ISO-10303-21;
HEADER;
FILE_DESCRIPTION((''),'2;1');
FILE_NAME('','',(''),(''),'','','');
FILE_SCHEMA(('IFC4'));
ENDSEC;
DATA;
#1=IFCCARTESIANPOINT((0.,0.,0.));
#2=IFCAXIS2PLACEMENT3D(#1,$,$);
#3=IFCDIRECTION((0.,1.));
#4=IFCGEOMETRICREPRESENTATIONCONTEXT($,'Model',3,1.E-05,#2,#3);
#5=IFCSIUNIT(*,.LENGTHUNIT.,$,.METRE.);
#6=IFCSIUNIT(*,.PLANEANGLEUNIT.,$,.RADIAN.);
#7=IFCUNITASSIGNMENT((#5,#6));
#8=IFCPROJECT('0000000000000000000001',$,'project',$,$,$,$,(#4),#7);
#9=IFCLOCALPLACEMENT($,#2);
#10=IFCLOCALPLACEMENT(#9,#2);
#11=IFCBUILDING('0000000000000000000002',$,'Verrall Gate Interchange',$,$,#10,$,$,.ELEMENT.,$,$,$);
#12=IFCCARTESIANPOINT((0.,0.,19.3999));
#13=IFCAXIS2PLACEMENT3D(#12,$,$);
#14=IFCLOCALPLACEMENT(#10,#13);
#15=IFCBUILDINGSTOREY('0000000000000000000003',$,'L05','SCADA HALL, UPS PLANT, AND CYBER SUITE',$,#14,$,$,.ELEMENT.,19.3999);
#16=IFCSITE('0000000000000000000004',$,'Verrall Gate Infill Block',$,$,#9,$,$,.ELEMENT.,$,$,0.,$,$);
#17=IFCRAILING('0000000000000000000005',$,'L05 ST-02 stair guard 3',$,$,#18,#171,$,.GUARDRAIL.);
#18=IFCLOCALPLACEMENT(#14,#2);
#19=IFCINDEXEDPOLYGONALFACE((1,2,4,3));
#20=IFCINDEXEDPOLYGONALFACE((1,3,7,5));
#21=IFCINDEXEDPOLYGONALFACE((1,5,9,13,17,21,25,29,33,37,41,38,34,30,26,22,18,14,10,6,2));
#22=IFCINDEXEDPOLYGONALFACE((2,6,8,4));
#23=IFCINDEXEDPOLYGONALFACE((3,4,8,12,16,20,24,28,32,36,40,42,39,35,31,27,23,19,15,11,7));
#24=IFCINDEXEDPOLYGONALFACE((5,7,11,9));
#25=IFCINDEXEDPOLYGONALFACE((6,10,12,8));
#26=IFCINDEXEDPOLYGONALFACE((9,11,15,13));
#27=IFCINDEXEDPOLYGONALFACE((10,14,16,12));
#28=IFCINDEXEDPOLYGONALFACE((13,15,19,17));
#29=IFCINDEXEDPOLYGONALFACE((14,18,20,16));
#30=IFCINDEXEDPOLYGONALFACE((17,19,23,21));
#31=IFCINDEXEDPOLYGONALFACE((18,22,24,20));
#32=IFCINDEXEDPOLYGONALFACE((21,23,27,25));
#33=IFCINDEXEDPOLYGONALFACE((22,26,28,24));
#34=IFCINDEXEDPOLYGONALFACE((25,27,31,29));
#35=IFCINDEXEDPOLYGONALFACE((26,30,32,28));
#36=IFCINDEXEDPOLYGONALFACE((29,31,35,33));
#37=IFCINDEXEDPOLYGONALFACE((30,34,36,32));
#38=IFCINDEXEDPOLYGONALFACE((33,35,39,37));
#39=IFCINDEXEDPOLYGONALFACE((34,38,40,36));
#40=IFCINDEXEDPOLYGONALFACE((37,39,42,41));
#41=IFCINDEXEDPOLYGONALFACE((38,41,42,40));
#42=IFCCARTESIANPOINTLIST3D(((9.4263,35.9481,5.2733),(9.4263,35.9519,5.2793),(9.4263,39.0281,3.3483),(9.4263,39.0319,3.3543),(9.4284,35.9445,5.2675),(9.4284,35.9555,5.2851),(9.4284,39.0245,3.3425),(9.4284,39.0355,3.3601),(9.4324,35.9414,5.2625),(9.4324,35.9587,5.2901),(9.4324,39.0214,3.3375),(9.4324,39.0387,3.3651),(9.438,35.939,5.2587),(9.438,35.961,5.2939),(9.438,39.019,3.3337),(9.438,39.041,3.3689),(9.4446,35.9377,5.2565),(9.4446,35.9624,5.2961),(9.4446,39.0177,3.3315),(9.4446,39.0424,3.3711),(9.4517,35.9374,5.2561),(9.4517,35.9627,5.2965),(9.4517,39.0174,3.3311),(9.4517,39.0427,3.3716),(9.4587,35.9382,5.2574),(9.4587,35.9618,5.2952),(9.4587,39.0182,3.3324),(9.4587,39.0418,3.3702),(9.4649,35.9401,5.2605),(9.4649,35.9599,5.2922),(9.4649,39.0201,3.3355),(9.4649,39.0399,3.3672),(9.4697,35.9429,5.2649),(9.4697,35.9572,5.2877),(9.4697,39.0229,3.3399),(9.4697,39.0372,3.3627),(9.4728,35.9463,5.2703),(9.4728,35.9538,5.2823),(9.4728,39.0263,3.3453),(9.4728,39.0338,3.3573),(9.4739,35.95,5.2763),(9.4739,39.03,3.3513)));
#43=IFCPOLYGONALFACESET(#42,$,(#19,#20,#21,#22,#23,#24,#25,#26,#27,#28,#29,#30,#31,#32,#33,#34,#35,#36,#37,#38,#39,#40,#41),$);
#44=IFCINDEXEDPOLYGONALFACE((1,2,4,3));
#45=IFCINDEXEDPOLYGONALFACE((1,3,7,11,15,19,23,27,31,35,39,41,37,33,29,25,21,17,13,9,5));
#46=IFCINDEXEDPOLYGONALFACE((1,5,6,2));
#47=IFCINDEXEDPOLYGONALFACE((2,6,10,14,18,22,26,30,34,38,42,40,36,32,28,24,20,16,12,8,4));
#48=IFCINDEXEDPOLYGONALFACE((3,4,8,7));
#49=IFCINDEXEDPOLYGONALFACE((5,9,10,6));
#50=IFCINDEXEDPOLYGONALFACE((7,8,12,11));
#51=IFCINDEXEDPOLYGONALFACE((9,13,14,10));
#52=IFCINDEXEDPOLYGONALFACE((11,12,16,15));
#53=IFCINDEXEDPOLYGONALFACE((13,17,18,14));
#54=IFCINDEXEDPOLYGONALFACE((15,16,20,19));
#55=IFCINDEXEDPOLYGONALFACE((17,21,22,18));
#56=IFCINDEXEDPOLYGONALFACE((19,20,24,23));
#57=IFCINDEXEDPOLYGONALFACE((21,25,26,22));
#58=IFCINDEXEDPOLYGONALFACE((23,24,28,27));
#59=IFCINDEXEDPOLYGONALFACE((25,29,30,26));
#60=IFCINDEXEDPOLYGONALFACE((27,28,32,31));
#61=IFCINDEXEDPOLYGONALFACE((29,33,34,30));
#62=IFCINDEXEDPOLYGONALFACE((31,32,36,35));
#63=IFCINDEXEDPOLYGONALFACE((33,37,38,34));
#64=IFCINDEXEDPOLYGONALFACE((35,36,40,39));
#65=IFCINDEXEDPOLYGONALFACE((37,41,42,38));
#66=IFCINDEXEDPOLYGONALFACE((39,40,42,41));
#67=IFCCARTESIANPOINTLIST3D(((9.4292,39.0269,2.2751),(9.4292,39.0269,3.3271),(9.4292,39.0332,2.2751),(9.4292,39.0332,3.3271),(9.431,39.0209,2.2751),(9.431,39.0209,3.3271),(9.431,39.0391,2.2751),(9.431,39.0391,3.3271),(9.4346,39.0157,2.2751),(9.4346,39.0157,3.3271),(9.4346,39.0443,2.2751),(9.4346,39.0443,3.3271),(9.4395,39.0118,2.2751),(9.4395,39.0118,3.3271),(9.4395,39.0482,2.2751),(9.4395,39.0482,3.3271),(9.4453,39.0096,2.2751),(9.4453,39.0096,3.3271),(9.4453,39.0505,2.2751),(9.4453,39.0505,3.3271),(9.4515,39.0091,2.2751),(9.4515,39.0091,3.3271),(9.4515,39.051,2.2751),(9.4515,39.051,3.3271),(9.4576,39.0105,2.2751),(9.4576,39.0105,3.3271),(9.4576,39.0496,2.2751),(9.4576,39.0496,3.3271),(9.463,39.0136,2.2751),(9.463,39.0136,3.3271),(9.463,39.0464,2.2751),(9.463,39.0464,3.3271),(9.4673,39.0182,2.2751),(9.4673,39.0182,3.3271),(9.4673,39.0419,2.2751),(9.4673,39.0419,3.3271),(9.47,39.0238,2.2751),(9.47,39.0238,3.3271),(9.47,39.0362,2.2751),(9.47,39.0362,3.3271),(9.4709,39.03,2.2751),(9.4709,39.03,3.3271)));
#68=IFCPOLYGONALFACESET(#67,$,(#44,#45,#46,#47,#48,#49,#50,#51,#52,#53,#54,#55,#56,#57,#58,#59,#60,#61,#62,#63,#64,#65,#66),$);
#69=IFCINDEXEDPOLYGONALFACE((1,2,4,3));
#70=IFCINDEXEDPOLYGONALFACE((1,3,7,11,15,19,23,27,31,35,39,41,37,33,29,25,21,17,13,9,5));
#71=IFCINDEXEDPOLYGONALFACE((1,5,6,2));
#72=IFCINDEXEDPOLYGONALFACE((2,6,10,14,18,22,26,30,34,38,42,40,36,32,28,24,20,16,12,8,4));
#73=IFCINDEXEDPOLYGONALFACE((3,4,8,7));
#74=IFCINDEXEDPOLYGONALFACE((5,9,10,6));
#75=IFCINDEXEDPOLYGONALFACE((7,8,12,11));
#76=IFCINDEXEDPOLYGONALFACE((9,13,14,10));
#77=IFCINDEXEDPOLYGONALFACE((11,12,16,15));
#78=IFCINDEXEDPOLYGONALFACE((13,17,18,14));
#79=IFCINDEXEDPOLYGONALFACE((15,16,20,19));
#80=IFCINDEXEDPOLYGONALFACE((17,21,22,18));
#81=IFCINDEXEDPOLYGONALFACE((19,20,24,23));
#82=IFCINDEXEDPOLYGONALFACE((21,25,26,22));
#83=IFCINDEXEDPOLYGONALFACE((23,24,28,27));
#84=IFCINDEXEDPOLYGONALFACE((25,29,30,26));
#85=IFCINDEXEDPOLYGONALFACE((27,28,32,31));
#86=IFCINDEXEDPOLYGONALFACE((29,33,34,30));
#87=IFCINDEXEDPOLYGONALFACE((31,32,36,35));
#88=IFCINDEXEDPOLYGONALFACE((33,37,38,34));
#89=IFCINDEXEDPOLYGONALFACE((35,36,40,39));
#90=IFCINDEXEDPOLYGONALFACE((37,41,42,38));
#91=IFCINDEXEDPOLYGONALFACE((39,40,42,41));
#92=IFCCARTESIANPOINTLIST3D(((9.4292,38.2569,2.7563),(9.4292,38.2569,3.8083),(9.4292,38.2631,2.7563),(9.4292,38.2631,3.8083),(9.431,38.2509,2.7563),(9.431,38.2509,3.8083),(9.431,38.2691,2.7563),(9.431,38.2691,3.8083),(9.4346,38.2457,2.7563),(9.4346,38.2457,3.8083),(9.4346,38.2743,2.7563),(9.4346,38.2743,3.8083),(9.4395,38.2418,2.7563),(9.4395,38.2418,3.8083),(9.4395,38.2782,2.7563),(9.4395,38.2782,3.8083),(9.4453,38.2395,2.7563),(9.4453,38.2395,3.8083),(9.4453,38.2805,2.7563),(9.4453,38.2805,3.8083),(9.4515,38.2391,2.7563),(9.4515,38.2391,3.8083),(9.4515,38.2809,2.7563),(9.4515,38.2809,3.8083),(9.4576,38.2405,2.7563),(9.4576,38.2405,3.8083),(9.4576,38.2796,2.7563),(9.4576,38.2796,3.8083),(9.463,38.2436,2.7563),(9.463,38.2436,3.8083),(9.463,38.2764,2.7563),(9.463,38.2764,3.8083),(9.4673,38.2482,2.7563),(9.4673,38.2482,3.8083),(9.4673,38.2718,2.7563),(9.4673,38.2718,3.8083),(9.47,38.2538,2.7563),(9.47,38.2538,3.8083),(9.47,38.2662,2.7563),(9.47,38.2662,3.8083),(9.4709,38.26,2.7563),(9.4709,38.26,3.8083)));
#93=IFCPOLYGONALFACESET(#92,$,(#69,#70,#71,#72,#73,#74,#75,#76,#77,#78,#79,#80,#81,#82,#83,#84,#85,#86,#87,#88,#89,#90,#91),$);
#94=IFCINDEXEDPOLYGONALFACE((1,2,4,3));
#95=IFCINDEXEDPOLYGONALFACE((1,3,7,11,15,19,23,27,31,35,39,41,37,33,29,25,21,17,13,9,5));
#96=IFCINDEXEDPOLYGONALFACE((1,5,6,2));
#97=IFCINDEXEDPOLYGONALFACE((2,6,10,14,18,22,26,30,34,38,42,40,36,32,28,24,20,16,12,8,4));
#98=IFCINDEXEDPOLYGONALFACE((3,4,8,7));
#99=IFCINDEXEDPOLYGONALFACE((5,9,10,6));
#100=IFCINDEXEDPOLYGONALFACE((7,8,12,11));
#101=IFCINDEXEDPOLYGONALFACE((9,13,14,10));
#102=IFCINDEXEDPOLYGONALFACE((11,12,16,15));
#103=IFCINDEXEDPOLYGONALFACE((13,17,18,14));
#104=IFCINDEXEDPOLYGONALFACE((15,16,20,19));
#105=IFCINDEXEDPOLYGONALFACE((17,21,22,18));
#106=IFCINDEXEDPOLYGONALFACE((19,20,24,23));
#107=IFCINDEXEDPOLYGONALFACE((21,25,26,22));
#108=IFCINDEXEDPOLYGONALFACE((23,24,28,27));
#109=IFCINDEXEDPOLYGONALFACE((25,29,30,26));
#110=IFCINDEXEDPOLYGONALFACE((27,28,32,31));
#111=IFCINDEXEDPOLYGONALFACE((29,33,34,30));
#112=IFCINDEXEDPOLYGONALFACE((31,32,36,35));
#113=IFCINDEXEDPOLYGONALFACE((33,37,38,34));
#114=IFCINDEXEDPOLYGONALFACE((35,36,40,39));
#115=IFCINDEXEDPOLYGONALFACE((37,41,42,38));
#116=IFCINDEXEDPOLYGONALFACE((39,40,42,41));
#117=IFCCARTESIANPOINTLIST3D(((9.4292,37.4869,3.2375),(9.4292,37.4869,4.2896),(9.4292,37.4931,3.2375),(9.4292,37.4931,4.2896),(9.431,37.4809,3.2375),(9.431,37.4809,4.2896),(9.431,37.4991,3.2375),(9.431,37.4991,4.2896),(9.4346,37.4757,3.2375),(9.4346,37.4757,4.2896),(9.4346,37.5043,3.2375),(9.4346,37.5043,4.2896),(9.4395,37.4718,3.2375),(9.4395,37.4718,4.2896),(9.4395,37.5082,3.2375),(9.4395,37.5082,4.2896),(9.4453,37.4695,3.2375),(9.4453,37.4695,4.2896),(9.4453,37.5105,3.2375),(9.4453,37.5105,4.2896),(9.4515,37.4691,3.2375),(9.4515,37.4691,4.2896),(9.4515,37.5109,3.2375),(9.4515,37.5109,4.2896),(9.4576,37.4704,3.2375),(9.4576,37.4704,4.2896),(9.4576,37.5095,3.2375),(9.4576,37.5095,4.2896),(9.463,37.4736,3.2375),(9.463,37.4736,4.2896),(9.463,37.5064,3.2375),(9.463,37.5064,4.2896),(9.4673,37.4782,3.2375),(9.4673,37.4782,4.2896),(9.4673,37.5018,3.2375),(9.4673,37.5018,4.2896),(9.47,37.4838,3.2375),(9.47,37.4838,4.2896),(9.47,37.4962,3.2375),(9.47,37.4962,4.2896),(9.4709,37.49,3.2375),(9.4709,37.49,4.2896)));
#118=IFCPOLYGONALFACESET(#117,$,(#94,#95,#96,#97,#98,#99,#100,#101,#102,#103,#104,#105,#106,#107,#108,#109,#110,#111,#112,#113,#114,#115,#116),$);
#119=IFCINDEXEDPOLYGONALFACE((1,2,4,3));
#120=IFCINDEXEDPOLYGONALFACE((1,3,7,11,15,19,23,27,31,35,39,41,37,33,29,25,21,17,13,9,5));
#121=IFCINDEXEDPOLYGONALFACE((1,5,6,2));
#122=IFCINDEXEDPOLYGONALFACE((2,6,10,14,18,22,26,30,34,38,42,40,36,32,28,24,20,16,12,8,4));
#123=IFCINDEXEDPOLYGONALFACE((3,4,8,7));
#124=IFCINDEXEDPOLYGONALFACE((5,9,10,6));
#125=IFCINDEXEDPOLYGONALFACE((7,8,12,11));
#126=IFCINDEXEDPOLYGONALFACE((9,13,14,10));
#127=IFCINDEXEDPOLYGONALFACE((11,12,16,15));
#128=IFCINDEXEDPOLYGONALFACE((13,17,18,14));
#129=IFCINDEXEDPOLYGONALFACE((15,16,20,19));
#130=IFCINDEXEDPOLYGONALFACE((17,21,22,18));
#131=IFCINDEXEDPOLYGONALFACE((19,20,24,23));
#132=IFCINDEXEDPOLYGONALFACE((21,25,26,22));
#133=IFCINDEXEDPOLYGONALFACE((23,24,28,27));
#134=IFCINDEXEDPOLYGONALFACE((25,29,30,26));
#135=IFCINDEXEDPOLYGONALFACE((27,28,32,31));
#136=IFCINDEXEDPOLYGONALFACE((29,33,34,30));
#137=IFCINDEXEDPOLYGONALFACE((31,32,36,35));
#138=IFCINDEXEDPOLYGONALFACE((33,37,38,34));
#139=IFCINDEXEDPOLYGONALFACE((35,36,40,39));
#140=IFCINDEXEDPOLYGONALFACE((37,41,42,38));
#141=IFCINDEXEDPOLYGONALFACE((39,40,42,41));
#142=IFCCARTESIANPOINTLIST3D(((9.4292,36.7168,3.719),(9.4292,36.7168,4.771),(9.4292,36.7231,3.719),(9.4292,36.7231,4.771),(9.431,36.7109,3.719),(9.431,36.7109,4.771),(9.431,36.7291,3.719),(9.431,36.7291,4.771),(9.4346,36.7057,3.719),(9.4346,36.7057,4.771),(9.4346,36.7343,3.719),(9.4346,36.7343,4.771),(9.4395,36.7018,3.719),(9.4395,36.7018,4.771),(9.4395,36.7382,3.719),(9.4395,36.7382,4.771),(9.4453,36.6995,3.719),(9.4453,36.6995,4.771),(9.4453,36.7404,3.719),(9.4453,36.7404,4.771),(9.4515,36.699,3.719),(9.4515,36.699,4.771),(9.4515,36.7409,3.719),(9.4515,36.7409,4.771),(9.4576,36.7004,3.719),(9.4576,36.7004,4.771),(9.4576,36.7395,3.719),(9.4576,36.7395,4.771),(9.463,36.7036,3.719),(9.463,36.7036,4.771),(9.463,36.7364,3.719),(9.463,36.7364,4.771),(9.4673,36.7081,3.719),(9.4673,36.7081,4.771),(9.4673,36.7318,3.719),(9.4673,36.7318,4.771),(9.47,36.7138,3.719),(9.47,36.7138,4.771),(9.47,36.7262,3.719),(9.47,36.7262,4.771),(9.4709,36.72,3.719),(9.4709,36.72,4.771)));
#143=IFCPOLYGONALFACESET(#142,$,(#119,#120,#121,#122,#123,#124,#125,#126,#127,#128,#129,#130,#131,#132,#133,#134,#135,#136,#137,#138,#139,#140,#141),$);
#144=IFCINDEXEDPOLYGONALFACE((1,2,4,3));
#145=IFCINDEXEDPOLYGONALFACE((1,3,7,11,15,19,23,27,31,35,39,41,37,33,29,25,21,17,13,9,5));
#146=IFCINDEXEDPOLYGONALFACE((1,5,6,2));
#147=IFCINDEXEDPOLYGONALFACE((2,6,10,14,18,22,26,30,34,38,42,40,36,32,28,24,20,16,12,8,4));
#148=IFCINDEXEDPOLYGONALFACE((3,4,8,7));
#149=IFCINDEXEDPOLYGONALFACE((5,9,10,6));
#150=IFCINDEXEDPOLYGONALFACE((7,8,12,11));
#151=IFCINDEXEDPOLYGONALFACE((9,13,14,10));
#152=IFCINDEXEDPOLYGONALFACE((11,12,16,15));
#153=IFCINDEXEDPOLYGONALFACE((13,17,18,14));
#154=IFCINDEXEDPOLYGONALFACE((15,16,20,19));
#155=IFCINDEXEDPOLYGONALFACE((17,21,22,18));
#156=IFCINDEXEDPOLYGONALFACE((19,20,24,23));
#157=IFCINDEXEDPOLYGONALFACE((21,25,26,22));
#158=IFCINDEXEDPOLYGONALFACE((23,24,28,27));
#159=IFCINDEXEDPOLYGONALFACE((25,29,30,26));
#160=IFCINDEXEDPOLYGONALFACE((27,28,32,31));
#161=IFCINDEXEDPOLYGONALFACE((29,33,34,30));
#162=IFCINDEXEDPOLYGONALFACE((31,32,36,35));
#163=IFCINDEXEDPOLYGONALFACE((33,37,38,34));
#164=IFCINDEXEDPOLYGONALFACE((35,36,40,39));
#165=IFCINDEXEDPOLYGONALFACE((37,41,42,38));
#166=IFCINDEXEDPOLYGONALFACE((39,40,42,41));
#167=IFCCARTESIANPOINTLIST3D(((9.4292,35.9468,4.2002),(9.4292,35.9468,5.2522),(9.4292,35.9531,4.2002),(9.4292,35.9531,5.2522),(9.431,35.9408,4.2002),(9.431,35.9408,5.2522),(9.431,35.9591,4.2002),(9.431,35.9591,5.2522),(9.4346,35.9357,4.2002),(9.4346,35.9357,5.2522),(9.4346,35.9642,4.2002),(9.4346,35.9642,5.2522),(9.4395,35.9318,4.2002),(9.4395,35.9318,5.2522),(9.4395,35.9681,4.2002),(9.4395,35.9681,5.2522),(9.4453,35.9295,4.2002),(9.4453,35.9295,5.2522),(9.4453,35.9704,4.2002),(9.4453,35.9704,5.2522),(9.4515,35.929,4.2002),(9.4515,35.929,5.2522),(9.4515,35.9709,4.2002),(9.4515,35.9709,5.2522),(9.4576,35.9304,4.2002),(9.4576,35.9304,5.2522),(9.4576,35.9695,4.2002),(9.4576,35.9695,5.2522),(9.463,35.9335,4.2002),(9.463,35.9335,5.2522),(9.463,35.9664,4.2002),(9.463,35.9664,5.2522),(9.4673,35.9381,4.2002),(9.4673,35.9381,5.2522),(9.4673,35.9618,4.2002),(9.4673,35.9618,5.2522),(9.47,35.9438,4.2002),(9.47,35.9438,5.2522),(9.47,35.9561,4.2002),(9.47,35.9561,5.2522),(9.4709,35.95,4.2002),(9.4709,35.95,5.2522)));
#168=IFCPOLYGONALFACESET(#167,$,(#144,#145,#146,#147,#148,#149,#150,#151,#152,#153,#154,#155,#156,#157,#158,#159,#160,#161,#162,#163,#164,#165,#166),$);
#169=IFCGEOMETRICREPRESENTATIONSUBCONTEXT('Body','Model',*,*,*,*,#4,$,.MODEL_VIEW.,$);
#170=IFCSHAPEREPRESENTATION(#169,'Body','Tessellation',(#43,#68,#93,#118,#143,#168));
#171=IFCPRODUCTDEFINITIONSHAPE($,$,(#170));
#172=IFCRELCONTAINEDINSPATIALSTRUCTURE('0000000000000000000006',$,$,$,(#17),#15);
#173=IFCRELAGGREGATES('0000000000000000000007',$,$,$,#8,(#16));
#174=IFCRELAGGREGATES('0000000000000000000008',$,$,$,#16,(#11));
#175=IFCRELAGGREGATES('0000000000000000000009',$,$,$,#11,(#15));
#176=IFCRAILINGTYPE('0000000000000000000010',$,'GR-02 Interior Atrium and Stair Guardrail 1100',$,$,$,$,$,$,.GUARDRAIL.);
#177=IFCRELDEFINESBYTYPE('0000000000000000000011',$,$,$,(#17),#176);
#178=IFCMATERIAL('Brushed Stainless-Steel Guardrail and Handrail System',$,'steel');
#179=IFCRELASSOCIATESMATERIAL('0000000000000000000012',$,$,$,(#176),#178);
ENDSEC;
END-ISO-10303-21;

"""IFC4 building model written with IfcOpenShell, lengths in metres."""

from ifc_helpers import new_model, si_unit, direction, frame, origin, origin_2d, place, context, subcontext, project, spatial, circle, extrude, material, type_object, element, save


model = new_model("IFC4")

# Units and contexts
model_context = context("Model", 3, precision=1e-05, world=origin(), true_north=direction((0.0, 1.0)))
body_context = subcontext(model_context, "Body", "Model", "MODEL_VIEW")
ifc_project = project(units=[si_unit("LENGTHUNIT", "METRE"), si_unit("PLANEANGLEUNIT", "RADIAN")], contexts=[model_context])

# Site, building, storey
site_placement = place(None, origin())
site = spatial("IfcSite", under=ifc_project, at=site_placement, Name="Verrall Gate Infill Block", CompositionType="ELEMENT", RefElevation=0.0)
building_placement = place(site_placement, origin())
building = spatial("IfcBuilding", under=site, at=building_placement, Name="Verrall Gate Interchange", CompositionType="ELEMENT")
storey_placement = place(building_placement, frame((0.0, 0.0, 19.3999)))
storey = spatial("IfcBuildingStorey", under=building, at=storey_placement, Name="L05", Description="SCADA HALL, UPS PLANT, AND CYBER SUITE", CompositionType="ELEMENT", Elevation=19.3999)

# Railing
ifc_material_1 = material(Name="Brushed Stainless-Steel Guardrail and Handrail System", Category="steel")
railing_type_1 = type_object("IfcRailingType", Name="GR-02 Interior Atrium and Stair Guardrail 1100", PredefinedType="GUARDRAIL", material=ifc_material_1)
railing_1_placement = place(storey_placement, frame((9.45, 39.03, 2.2751)))
element("IfcRailing", 1, at=railing_1_placement, inside=storey, type_object=railing_type_1, Name="L05 ST-02 stair guard 3", PredefinedType="GUARDRAIL", context=body_context, shape_type="SweptSolid", body=[
    extrude(circle(Radius=0.0239, at=origin_2d()), frame((0.0, 0.0, 1.0762), z_axis=(0.0, -0.847998, 0.529999), x_axis=(1.0, 0.0, 0.0)), (0.0, 0.0, 1.0), 3.6321),
    extrude(circle(Radius=0.021, at=origin_2d()), origin(), (0.0, 0.0, 1.0), 1.052),
    extrude(circle(Radius=0.021, at=origin_2d()), frame((0.0, -0.77, 0.4812)), (0.0, 0.0, 1.0), 1.052),
    extrude(circle(Radius=0.021, at=origin_2d()), frame((0.0, -1.54, 0.9624)), (0.0, 0.0, 1.0), 1.052),
    extrude(circle(Radius=0.021, at=origin_2d()), frame((0.0, -2.3101, 1.4438)), (0.0, 0.0, 1.0), 1.052),
    extrude(circle(Radius=0.021, at=origin_2d()), frame((0.0, -3.0801, 1.925)), (0.0, 0.0, 1.0), 1.052),
])

save(model, "model.ifc")
